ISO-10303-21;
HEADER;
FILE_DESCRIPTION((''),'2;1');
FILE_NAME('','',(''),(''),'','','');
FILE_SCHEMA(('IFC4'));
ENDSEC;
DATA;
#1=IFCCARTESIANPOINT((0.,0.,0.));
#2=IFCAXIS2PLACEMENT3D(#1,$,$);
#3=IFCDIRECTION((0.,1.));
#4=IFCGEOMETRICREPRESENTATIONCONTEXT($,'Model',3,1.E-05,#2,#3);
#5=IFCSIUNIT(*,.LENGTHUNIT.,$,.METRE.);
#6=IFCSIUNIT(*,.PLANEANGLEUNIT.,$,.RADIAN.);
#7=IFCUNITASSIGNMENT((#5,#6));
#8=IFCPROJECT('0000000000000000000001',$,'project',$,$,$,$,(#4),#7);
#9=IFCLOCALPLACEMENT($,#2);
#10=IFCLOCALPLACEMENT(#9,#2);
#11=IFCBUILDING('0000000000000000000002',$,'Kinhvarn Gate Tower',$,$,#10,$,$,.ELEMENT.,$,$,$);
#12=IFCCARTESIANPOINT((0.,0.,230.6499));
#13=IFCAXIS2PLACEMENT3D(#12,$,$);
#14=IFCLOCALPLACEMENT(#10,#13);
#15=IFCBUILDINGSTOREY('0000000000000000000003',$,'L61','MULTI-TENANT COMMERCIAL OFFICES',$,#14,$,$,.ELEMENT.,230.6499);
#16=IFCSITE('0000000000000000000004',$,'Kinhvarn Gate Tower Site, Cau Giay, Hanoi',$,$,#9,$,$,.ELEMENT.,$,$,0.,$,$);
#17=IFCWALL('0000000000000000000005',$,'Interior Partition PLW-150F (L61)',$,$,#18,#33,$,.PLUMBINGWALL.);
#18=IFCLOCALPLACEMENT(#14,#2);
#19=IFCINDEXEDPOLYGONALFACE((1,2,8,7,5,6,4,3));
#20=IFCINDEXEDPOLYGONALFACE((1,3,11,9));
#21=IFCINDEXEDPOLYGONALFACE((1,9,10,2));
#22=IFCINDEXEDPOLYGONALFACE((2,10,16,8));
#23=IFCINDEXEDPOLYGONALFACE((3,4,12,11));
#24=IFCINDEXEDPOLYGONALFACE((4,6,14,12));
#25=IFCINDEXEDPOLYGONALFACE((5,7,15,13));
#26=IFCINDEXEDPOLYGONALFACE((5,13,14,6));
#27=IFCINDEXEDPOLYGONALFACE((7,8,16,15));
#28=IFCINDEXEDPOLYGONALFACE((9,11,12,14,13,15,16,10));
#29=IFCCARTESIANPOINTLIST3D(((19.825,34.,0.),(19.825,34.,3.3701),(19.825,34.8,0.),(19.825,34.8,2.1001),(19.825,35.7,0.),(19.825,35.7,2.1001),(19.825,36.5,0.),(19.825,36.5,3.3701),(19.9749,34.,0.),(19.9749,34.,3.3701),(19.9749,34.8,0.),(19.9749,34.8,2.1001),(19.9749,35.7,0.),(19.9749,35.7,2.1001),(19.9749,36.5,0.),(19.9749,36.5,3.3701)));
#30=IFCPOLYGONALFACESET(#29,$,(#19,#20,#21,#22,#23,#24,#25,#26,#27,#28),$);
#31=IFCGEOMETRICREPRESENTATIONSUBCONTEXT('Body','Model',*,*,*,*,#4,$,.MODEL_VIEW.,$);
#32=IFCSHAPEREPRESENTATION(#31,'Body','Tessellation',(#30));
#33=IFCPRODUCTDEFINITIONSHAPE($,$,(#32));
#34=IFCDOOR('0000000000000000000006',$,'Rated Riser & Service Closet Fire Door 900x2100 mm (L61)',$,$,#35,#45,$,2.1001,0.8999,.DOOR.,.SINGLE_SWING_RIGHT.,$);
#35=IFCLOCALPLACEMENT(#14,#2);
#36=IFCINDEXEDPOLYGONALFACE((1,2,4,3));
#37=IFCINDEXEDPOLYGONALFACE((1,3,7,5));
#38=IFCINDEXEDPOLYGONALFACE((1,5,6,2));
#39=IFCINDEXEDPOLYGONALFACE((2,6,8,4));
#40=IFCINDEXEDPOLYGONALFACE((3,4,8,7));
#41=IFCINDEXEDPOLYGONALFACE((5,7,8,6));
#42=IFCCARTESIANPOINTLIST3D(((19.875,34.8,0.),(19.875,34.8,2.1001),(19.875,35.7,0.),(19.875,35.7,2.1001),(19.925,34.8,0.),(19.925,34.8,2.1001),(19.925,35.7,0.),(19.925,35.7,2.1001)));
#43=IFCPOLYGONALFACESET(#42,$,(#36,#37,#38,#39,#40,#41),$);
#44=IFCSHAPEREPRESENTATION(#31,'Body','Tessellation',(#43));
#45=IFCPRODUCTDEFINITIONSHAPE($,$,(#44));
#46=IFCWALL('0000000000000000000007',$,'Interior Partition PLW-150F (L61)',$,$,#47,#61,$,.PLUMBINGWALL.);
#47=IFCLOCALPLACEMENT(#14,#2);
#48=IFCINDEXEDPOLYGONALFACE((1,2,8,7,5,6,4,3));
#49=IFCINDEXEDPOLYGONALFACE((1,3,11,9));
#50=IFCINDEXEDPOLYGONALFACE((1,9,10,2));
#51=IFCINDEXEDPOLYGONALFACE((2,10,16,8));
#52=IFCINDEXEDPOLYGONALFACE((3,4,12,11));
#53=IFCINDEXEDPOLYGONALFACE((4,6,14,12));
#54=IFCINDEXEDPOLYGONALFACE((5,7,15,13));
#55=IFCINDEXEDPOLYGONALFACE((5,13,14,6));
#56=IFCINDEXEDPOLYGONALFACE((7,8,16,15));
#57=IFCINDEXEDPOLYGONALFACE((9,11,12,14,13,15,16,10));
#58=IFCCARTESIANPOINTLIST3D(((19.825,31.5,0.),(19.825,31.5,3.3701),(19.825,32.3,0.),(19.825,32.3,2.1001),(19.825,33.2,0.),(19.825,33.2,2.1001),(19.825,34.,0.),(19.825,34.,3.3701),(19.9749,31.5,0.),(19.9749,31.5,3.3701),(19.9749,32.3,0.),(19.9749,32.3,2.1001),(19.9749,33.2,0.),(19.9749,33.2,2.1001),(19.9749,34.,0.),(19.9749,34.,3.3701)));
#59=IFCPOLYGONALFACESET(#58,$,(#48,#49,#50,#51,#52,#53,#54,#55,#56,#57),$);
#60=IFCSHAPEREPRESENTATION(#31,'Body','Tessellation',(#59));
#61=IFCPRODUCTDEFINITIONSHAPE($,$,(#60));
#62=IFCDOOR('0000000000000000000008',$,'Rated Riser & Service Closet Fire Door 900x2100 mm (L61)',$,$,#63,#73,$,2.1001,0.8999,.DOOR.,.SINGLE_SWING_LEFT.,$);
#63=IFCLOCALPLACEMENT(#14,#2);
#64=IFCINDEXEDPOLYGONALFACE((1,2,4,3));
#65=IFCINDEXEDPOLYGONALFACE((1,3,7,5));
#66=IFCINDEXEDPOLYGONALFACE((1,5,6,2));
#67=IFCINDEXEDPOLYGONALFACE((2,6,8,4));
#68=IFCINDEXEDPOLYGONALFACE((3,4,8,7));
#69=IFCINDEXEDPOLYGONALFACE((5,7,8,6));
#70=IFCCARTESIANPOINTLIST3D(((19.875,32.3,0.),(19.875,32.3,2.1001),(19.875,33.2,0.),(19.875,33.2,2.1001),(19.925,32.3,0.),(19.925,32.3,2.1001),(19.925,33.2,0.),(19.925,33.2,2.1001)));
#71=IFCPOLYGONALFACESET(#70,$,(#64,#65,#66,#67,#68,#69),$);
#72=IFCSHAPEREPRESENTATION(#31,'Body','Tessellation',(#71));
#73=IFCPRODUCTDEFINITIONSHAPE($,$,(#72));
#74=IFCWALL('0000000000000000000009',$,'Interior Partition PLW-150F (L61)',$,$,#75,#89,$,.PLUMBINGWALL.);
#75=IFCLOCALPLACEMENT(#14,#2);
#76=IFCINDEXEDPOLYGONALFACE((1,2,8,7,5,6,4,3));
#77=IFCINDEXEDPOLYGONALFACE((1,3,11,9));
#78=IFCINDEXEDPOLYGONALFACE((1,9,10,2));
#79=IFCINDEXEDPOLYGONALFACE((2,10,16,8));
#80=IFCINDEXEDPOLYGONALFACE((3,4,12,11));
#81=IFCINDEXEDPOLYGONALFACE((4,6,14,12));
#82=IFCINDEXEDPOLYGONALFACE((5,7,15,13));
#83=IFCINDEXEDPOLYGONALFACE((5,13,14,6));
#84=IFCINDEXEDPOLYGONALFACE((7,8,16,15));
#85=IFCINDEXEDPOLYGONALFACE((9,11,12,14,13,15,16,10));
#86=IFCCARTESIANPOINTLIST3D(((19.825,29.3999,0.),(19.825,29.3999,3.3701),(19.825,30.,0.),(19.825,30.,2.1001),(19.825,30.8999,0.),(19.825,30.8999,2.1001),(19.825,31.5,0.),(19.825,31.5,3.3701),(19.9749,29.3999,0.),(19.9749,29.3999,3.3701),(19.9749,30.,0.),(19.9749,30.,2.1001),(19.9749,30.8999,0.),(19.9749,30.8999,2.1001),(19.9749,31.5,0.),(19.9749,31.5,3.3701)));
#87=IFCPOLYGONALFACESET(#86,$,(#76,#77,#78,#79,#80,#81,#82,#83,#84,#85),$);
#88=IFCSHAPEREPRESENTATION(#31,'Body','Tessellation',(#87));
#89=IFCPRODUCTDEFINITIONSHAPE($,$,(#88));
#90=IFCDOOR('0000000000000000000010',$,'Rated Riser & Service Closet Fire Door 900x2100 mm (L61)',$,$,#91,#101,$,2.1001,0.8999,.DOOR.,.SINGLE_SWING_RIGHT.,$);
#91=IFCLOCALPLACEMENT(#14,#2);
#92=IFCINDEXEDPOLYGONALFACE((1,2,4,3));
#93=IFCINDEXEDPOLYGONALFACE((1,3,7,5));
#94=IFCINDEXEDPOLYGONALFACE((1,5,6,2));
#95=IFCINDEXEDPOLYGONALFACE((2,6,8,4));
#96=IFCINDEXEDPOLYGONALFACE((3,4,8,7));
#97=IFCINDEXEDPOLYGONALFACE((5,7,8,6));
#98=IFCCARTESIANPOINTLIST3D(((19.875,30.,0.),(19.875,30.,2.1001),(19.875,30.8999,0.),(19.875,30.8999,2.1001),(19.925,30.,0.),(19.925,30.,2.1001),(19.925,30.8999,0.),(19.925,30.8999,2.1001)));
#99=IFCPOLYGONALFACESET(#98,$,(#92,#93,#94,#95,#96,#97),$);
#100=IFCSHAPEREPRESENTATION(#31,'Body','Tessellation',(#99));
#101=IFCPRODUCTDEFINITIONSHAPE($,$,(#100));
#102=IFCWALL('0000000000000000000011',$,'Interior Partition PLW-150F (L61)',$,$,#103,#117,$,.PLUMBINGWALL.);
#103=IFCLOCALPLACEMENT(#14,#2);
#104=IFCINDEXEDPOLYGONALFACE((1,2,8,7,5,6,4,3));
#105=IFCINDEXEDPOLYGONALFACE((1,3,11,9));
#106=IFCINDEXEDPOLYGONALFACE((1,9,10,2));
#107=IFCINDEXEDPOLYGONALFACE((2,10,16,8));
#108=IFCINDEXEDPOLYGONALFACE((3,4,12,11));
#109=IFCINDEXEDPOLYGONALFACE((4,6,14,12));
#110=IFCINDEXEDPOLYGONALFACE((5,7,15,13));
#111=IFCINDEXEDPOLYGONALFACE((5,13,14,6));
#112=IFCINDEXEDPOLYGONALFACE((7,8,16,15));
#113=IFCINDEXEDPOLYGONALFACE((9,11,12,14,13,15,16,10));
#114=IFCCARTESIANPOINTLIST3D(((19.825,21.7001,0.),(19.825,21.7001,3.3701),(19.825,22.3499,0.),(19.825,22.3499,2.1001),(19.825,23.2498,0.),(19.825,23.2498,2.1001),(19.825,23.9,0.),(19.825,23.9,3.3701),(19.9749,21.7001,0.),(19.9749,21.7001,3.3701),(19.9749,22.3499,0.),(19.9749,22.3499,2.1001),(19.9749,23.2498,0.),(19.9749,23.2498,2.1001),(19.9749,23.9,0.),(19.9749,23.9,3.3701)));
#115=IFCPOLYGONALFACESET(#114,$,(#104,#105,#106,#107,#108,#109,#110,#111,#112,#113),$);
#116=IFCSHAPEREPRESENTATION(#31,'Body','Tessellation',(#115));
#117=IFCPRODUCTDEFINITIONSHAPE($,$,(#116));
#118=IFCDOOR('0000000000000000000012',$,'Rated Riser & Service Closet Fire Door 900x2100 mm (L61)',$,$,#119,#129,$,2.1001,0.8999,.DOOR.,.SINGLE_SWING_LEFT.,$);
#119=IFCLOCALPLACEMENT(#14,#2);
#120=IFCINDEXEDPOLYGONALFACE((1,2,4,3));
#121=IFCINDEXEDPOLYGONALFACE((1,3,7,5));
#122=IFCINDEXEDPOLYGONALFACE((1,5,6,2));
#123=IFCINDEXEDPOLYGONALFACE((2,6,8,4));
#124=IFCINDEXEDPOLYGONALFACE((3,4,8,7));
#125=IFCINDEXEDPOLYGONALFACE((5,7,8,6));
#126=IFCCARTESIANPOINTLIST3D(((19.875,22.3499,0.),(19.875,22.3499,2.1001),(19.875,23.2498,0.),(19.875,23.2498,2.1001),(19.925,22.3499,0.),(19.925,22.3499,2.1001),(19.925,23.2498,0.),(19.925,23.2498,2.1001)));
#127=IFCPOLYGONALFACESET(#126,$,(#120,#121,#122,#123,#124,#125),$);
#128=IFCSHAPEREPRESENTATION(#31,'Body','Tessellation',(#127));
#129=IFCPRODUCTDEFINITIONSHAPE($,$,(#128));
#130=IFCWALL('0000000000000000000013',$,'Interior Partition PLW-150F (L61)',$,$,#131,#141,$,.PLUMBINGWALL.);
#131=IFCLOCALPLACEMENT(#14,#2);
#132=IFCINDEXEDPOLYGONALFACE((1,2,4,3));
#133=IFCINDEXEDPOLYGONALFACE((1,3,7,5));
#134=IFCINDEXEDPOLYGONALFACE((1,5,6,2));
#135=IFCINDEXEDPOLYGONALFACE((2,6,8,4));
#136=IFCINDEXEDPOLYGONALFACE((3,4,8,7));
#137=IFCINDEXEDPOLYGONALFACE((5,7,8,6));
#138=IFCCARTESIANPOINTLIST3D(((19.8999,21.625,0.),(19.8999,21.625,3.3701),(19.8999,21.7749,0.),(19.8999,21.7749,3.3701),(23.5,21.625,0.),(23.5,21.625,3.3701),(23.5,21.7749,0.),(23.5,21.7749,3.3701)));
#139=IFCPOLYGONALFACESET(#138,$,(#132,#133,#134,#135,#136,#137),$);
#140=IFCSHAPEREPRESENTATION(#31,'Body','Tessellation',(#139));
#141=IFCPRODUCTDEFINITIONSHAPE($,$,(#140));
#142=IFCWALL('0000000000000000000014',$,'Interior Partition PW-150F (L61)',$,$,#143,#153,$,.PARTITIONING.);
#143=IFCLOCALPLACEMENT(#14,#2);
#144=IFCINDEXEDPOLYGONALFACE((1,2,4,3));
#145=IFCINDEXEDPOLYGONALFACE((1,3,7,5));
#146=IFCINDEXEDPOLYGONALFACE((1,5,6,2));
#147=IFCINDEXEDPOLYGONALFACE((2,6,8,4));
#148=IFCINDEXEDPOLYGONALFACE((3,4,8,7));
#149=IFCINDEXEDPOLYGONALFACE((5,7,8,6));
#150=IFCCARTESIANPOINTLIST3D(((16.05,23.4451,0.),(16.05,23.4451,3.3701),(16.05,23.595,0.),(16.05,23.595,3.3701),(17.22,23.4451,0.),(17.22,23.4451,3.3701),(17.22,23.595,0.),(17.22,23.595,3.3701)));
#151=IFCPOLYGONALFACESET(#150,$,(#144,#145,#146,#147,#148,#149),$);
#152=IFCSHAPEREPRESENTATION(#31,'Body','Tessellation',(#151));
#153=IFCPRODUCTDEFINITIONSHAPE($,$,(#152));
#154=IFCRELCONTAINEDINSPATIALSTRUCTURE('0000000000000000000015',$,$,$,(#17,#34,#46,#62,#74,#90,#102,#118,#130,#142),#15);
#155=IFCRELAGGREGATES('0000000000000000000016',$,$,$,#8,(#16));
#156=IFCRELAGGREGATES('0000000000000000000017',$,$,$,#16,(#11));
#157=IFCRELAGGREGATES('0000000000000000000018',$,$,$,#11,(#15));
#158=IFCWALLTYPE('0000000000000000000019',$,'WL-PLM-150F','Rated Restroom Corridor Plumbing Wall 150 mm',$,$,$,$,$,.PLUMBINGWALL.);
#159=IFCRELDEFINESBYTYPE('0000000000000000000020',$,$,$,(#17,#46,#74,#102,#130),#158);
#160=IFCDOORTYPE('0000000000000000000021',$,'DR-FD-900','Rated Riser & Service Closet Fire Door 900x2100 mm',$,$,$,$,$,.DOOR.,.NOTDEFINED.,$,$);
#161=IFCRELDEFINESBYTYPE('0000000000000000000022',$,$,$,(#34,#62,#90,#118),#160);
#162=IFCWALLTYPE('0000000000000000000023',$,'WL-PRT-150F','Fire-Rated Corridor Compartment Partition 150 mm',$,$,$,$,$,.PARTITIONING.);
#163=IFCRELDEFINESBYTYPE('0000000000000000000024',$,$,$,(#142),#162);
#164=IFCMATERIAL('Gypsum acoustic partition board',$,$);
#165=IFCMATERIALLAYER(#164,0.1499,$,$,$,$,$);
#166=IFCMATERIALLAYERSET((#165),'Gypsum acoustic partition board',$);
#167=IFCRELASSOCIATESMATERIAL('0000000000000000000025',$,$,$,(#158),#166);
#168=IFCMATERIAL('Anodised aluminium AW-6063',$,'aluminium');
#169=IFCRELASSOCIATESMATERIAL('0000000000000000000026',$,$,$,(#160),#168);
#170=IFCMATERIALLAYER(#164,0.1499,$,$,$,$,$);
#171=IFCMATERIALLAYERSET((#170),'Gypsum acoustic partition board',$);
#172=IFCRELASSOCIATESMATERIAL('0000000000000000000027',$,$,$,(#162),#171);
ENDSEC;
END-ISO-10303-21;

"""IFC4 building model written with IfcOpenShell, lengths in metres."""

from ifc_helpers import new_model, si_unit, direction, frame, frame_2d, origin, place, context, subcontext, project, spatial, rectangle, extrude, material, layer, layer_set, type_object, element, fill, save


model = new_model("IFC4")

# Units and contexts
model_context = context("Model", 3, precision=1e-05, world=origin(), true_north=direction((0.0, 1.0)))
body_context = subcontext(model_context, "Body", "Model", "MODEL_VIEW")
ifc_project = project(units=[si_unit("LENGTHUNIT", "METRE"), si_unit("PLANEANGLEUNIT", "RADIAN")], contexts=[model_context])

# Site, building, storey
site_placement = place(None, origin())
site = spatial("IfcSite", under=ifc_project, at=site_placement, Name="Kinhvarn Gate Tower Site, Cau Giay, Hanoi", CompositionType="ELEMENT", RefElevation=0.0)
building_placement = place(site_placement, origin())
building = spatial("IfcBuilding", under=site, at=building_placement, Name="Kinhvarn Gate Tower", CompositionType="ELEMENT")
storey_placement = place(building_placement, frame((0.0, 0.0, 230.6499)))
storey = spatial("IfcBuildingStorey", under=building, at=storey_placement, Name="L61", Description="MULTI-TENANT COMMERCIAL OFFICES", CompositionType="ELEMENT", Elevation=230.6499)

# Shared definitions
ifc_material_1 = material(Name="Anodised aluminium AW-6063", Category="aluminium")

# Shared definitions
ifc_material_2 = material(Name="Gypsum acoustic partition board")

# Walls, openings, doors
ifc_layer_1 = layer(ifc_material_2, 0.1499)
ifc_layer_set_1 = layer_set([ifc_layer_1], Name="Gypsum acoustic partition board")
wall_type_1 = type_object("IfcWallType", Name="WL-PLM-150F", Description="Rated Restroom Corridor Plumbing Wall 150 mm", PredefinedType="PLUMBINGWALL", material=ifc_layer_set_1)
wall_1_placement = place(storey_placement, frame((19.8999, 34.0, 0.0), z_axis=(0.0, 0.0, 1.0), x_axis=(0.0, 1.0, 0.0)))
wall_1 = element("IfcWall", 1, at=wall_1_placement, inside=storey, type_object=wall_type_1, Name="Interior Partition PLW-150F (L61)", PredefinedType="PLUMBINGWALL", context=body_context, shape_type="SweptSolid", body=[
    extrude(rectangle(XDim=2.5, YDim=0.1499, at=frame_2d((1.25, 0.0))), origin(), (0.0, 0.0, 1.0), 3.3701),
])
opening_1_placement = place(wall_1_placement, frame((0.8, 0.0, 0.0)))
opening_1 = element("IfcOpeningElement", 2, at=opening_1_placement, cuts=wall_1, PredefinedType="OPENING", context=body_context, shape_type="SweptSolid", body=[
    extrude(rectangle(XDim=0.8999, YDim=2.1001, at=frame_2d((0.45, 1.05))), frame((0.0, 0.085, 0.0), z_axis=(0.0, -1.0, 0.0), x_axis=(1.0, 0.0, 0.0)), (0.0, 0.0, 1.0), 0.1699),
])
door_type_1 = type_object("IfcDoorType", Name="DR-FD-900", Description="Rated Riser & Service Closet Fire Door 900x2100 mm", OperationType="NOTDEFINED", PredefinedType="DOOR", material=ifc_material_1)
door_1_placement = place(opening_1_placement, origin())
door_1 = element("IfcDoor", 3, at=door_1_placement, inside=storey, type_object=door_type_1, Name="Rated Riser & Service Closet Fire Door 900x2100 mm (L61)", OperationType="SINGLE_SWING_RIGHT", OverallHeight=2.1001, OverallWidth=0.8999, PredefinedType="DOOR", context=body_context, shape_type="SweptSolid", body=[
    extrude(rectangle(XDim=0.8999, YDim=2.1001, at=frame_2d((0.45, 1.05))), frame((0.0, 0.0249, 0.0), z_axis=(0.0, -1.0, 0.0), x_axis=(1.0, 0.0, 0.0)), (0.0, 0.0, 1.0), 0.05),
])
fill(opening_1, door_1)
wall_2_placement = place(storey_placement, frame((19.8999, 31.5, 0.0), z_axis=(0.0, 0.0, 1.0), x_axis=(0.0, 1.0, 0.0)))
wall_2 = element("IfcWall", 4, at=wall_2_placement, inside=storey, type_object=wall_type_1, Name="Interior Partition PLW-150F (L61)", PredefinedType="PLUMBINGWALL", context=body_context, shape_type="SweptSolid", body=[
    extrude(rectangle(XDim=2.5, YDim=0.1499, at=frame_2d((1.25, 0.0))), origin(), (0.0, 0.0, 1.0), 3.3701),
])
opening_2_placement = place(wall_2_placement, frame((0.8, 0.0, 0.0)))
opening_2 = element("IfcOpeningElement", 5, at=opening_2_placement, cuts=wall_2, PredefinedType="OPENING", context=body_context, shape_type="SweptSolid", body=[
    extrude(rectangle(XDim=0.8999, YDim=2.1001, at=frame_2d((0.45, 1.05))), frame((0.0, 0.085, 0.0), z_axis=(0.0, -1.0, 0.0), x_axis=(1.0, 0.0, 0.0)), (0.0, 0.0, 1.0), 0.1699),
])
door_2_placement = place(opening_2_placement, origin())
door_2 = element("IfcDoor", 6, at=door_2_placement, inside=storey, type_object=door_type_1, Name="Rated Riser & Service Closet Fire Door 900x2100 mm (L61)", OperationType="SINGLE_SWING_LEFT", OverallHeight=2.1001, OverallWidth=0.8999, PredefinedType="DOOR", context=body_context, shape_type="SweptSolid", body=[
    extrude(rectangle(XDim=0.8999, YDim=2.1001, at=frame_2d((0.45, 1.05))), frame((0.0, 0.0249, 0.0), z_axis=(0.0, -1.0, 0.0), x_axis=(1.0, 0.0, 0.0)), (0.0, 0.0, 1.0), 0.05),
])
fill(opening_2, door_2)
wall_3_placement = place(storey_placement, frame((19.8999, 29.3999, 0.0), z_axis=(0.0, 0.0, 1.0), x_axis=(0.0, 1.0, 0.0)))
wall_3 = element("IfcWall", 7, at=wall_3_placement, inside=storey, type_object=wall_type_1, Name="Interior Partition PLW-150F (L61)", PredefinedType="PLUMBINGWALL", context=body_context, shape_type="SweptSolid", body=[
    extrude(rectangle(XDim=2.1001, YDim=0.1499, at=frame_2d((1.05, 0.0))), origin(), (0.0, 0.0, 1.0), 3.3701),
])
opening_3_placement = place(wall_3_placement, frame((0.6001, 0.0, 0.0)))
opening_3 = element("IfcOpeningElement", 8, at=opening_3_placement, cuts=wall_3, PredefinedType="OPENING", context=body_context, shape_type="SweptSolid", body=[
    extrude(rectangle(XDim=0.8999, YDim=2.1001, at=frame_2d((0.45, 1.05))), frame((0.0, 0.085, 0.0), z_axis=(0.0, -1.0, 0.0), x_axis=(1.0, 0.0, 0.0)), (0.0, 0.0, 1.0), 0.1699),
])
door_3_placement = place(opening_3_placement, origin())
door_3 = element("IfcDoor", 9, at=door_3_placement, inside=storey, type_object=door_type_1, Name="Rated Riser & Service Closet Fire Door 900x2100 mm (L61)", OperationType="SINGLE_SWING_RIGHT", OverallHeight=2.1001, OverallWidth=0.8999, PredefinedType="DOOR", context=body_context, shape_type="SweptSolid", body=[
    extrude(rectangle(XDim=0.8999, YDim=2.1001, at=frame_2d((0.45, 1.05))), frame((0.0, 0.0249, 0.0), z_axis=(0.0, -1.0, 0.0), x_axis=(1.0, 0.0, 0.0)), (0.0, 0.0, 1.0), 0.05),
])
fill(opening_3, door_3)
wall_4_placement = place(storey_placement, frame((19.8999, 21.7, 0.0), z_axis=(0.0, 0.0, 1.0), x_axis=(0.0, 1.0, 0.0)))
wall_4 = element("IfcWall", 10, at=wall_4_placement, inside=storey, type_object=wall_type_1, Name="Interior Partition PLW-150F (L61)", PredefinedType="PLUMBINGWALL", context=body_context, shape_type="SweptSolid", body=[
    extrude(rectangle(XDim=2.2, YDim=0.1499, at=frame_2d((1.1001, 0.0))), origin(), (0.0, 0.0, 1.0), 3.3701),
])
opening_4_placement = place(wall_4_placement, frame((0.6499, 0.0, 0.0)))
opening_4 = element("IfcOpeningElement", 11, at=opening_4_placement, cuts=wall_4, PredefinedType="OPENING", context=body_context, shape_type="SweptSolid", body=[
    extrude(rectangle(XDim=0.8999, YDim=2.1001, at=frame_2d((0.45, 1.05))), frame((0.0, 0.085, 0.0), z_axis=(0.0, -1.0, 0.0), x_axis=(1.0, 0.0, 0.0)), (0.0, 0.0, 1.0), 0.1699),
])
door_4_placement = place(opening_4_placement, origin())
door_4 = element("IfcDoor", 12, at=door_4_placement, inside=storey, type_object=door_type_1, Name="Rated Riser & Service Closet Fire Door 900x2100 mm (L61)", OperationType="SINGLE_SWING_LEFT", OverallHeight=2.1001, OverallWidth=0.8999, PredefinedType="DOOR", context=body_context, shape_type="SweptSolid", body=[
    extrude(rectangle(XDim=0.8999, YDim=2.1001, at=frame_2d((0.45, 1.05))), frame((0.0, 0.0249, 0.0), z_axis=(0.0, -1.0, 0.0), x_axis=(1.0, 0.0, 0.0)), (0.0, 0.0, 1.0), 0.05),
])
fill(opening_4, door_4)

# Walls
wall_5_placement = place(storey_placement, frame((19.8999, 21.7, 0.0), z_axis=(0.0, 0.0, 1.0), x_axis=(1.0, 0.0, 0.0)))
element("IfcWall", 13, at=wall_5_placement, inside=storey, type_object=wall_type_1, Name="Interior Partition PLW-150F (L61)", PredefinedType="PLUMBINGWALL", context=body_context, shape_type="SweptSolid", body=[
    extrude(rectangle(XDim=3.6001, YDim=0.1499, at=frame_2d((1.8, 0.0))), origin(), (0.0, 0.0, 1.0), 3.3701),
])
ifc_layer_2 = layer(ifc_material_2, 0.1499)
ifc_layer_set_2 = layer_set([ifc_layer_2], Name="Gypsum acoustic partition board")
wall_type_2 = type_object("IfcWallType", Name="WL-PRT-150F", Description="Fire-Rated Corridor Compartment Partition 150 mm", PredefinedType="PARTITIONING", material=ifc_layer_set_2)
wall_6_placement = place(storey_placement, frame((16.05, 23.52, 0.0), z_axis=(0.0, 0.0, 1.0), x_axis=(1.0, 0.0, 0.0)))
element("IfcWall", 14, at=wall_6_placement, inside=storey, type_object=wall_type_2, Name="Interior Partition PW-150F (L61)", PredefinedType="PARTITIONING", context=body_context, shape_type="SweptSolid", body=[
    extrude(rectangle(XDim=1.1699, YDim=0.1499, at=frame_2d((0.585, 0.0))), origin(), (0.0, 0.0, 1.0), 3.3701),
])

save(model, "model.ifc")
